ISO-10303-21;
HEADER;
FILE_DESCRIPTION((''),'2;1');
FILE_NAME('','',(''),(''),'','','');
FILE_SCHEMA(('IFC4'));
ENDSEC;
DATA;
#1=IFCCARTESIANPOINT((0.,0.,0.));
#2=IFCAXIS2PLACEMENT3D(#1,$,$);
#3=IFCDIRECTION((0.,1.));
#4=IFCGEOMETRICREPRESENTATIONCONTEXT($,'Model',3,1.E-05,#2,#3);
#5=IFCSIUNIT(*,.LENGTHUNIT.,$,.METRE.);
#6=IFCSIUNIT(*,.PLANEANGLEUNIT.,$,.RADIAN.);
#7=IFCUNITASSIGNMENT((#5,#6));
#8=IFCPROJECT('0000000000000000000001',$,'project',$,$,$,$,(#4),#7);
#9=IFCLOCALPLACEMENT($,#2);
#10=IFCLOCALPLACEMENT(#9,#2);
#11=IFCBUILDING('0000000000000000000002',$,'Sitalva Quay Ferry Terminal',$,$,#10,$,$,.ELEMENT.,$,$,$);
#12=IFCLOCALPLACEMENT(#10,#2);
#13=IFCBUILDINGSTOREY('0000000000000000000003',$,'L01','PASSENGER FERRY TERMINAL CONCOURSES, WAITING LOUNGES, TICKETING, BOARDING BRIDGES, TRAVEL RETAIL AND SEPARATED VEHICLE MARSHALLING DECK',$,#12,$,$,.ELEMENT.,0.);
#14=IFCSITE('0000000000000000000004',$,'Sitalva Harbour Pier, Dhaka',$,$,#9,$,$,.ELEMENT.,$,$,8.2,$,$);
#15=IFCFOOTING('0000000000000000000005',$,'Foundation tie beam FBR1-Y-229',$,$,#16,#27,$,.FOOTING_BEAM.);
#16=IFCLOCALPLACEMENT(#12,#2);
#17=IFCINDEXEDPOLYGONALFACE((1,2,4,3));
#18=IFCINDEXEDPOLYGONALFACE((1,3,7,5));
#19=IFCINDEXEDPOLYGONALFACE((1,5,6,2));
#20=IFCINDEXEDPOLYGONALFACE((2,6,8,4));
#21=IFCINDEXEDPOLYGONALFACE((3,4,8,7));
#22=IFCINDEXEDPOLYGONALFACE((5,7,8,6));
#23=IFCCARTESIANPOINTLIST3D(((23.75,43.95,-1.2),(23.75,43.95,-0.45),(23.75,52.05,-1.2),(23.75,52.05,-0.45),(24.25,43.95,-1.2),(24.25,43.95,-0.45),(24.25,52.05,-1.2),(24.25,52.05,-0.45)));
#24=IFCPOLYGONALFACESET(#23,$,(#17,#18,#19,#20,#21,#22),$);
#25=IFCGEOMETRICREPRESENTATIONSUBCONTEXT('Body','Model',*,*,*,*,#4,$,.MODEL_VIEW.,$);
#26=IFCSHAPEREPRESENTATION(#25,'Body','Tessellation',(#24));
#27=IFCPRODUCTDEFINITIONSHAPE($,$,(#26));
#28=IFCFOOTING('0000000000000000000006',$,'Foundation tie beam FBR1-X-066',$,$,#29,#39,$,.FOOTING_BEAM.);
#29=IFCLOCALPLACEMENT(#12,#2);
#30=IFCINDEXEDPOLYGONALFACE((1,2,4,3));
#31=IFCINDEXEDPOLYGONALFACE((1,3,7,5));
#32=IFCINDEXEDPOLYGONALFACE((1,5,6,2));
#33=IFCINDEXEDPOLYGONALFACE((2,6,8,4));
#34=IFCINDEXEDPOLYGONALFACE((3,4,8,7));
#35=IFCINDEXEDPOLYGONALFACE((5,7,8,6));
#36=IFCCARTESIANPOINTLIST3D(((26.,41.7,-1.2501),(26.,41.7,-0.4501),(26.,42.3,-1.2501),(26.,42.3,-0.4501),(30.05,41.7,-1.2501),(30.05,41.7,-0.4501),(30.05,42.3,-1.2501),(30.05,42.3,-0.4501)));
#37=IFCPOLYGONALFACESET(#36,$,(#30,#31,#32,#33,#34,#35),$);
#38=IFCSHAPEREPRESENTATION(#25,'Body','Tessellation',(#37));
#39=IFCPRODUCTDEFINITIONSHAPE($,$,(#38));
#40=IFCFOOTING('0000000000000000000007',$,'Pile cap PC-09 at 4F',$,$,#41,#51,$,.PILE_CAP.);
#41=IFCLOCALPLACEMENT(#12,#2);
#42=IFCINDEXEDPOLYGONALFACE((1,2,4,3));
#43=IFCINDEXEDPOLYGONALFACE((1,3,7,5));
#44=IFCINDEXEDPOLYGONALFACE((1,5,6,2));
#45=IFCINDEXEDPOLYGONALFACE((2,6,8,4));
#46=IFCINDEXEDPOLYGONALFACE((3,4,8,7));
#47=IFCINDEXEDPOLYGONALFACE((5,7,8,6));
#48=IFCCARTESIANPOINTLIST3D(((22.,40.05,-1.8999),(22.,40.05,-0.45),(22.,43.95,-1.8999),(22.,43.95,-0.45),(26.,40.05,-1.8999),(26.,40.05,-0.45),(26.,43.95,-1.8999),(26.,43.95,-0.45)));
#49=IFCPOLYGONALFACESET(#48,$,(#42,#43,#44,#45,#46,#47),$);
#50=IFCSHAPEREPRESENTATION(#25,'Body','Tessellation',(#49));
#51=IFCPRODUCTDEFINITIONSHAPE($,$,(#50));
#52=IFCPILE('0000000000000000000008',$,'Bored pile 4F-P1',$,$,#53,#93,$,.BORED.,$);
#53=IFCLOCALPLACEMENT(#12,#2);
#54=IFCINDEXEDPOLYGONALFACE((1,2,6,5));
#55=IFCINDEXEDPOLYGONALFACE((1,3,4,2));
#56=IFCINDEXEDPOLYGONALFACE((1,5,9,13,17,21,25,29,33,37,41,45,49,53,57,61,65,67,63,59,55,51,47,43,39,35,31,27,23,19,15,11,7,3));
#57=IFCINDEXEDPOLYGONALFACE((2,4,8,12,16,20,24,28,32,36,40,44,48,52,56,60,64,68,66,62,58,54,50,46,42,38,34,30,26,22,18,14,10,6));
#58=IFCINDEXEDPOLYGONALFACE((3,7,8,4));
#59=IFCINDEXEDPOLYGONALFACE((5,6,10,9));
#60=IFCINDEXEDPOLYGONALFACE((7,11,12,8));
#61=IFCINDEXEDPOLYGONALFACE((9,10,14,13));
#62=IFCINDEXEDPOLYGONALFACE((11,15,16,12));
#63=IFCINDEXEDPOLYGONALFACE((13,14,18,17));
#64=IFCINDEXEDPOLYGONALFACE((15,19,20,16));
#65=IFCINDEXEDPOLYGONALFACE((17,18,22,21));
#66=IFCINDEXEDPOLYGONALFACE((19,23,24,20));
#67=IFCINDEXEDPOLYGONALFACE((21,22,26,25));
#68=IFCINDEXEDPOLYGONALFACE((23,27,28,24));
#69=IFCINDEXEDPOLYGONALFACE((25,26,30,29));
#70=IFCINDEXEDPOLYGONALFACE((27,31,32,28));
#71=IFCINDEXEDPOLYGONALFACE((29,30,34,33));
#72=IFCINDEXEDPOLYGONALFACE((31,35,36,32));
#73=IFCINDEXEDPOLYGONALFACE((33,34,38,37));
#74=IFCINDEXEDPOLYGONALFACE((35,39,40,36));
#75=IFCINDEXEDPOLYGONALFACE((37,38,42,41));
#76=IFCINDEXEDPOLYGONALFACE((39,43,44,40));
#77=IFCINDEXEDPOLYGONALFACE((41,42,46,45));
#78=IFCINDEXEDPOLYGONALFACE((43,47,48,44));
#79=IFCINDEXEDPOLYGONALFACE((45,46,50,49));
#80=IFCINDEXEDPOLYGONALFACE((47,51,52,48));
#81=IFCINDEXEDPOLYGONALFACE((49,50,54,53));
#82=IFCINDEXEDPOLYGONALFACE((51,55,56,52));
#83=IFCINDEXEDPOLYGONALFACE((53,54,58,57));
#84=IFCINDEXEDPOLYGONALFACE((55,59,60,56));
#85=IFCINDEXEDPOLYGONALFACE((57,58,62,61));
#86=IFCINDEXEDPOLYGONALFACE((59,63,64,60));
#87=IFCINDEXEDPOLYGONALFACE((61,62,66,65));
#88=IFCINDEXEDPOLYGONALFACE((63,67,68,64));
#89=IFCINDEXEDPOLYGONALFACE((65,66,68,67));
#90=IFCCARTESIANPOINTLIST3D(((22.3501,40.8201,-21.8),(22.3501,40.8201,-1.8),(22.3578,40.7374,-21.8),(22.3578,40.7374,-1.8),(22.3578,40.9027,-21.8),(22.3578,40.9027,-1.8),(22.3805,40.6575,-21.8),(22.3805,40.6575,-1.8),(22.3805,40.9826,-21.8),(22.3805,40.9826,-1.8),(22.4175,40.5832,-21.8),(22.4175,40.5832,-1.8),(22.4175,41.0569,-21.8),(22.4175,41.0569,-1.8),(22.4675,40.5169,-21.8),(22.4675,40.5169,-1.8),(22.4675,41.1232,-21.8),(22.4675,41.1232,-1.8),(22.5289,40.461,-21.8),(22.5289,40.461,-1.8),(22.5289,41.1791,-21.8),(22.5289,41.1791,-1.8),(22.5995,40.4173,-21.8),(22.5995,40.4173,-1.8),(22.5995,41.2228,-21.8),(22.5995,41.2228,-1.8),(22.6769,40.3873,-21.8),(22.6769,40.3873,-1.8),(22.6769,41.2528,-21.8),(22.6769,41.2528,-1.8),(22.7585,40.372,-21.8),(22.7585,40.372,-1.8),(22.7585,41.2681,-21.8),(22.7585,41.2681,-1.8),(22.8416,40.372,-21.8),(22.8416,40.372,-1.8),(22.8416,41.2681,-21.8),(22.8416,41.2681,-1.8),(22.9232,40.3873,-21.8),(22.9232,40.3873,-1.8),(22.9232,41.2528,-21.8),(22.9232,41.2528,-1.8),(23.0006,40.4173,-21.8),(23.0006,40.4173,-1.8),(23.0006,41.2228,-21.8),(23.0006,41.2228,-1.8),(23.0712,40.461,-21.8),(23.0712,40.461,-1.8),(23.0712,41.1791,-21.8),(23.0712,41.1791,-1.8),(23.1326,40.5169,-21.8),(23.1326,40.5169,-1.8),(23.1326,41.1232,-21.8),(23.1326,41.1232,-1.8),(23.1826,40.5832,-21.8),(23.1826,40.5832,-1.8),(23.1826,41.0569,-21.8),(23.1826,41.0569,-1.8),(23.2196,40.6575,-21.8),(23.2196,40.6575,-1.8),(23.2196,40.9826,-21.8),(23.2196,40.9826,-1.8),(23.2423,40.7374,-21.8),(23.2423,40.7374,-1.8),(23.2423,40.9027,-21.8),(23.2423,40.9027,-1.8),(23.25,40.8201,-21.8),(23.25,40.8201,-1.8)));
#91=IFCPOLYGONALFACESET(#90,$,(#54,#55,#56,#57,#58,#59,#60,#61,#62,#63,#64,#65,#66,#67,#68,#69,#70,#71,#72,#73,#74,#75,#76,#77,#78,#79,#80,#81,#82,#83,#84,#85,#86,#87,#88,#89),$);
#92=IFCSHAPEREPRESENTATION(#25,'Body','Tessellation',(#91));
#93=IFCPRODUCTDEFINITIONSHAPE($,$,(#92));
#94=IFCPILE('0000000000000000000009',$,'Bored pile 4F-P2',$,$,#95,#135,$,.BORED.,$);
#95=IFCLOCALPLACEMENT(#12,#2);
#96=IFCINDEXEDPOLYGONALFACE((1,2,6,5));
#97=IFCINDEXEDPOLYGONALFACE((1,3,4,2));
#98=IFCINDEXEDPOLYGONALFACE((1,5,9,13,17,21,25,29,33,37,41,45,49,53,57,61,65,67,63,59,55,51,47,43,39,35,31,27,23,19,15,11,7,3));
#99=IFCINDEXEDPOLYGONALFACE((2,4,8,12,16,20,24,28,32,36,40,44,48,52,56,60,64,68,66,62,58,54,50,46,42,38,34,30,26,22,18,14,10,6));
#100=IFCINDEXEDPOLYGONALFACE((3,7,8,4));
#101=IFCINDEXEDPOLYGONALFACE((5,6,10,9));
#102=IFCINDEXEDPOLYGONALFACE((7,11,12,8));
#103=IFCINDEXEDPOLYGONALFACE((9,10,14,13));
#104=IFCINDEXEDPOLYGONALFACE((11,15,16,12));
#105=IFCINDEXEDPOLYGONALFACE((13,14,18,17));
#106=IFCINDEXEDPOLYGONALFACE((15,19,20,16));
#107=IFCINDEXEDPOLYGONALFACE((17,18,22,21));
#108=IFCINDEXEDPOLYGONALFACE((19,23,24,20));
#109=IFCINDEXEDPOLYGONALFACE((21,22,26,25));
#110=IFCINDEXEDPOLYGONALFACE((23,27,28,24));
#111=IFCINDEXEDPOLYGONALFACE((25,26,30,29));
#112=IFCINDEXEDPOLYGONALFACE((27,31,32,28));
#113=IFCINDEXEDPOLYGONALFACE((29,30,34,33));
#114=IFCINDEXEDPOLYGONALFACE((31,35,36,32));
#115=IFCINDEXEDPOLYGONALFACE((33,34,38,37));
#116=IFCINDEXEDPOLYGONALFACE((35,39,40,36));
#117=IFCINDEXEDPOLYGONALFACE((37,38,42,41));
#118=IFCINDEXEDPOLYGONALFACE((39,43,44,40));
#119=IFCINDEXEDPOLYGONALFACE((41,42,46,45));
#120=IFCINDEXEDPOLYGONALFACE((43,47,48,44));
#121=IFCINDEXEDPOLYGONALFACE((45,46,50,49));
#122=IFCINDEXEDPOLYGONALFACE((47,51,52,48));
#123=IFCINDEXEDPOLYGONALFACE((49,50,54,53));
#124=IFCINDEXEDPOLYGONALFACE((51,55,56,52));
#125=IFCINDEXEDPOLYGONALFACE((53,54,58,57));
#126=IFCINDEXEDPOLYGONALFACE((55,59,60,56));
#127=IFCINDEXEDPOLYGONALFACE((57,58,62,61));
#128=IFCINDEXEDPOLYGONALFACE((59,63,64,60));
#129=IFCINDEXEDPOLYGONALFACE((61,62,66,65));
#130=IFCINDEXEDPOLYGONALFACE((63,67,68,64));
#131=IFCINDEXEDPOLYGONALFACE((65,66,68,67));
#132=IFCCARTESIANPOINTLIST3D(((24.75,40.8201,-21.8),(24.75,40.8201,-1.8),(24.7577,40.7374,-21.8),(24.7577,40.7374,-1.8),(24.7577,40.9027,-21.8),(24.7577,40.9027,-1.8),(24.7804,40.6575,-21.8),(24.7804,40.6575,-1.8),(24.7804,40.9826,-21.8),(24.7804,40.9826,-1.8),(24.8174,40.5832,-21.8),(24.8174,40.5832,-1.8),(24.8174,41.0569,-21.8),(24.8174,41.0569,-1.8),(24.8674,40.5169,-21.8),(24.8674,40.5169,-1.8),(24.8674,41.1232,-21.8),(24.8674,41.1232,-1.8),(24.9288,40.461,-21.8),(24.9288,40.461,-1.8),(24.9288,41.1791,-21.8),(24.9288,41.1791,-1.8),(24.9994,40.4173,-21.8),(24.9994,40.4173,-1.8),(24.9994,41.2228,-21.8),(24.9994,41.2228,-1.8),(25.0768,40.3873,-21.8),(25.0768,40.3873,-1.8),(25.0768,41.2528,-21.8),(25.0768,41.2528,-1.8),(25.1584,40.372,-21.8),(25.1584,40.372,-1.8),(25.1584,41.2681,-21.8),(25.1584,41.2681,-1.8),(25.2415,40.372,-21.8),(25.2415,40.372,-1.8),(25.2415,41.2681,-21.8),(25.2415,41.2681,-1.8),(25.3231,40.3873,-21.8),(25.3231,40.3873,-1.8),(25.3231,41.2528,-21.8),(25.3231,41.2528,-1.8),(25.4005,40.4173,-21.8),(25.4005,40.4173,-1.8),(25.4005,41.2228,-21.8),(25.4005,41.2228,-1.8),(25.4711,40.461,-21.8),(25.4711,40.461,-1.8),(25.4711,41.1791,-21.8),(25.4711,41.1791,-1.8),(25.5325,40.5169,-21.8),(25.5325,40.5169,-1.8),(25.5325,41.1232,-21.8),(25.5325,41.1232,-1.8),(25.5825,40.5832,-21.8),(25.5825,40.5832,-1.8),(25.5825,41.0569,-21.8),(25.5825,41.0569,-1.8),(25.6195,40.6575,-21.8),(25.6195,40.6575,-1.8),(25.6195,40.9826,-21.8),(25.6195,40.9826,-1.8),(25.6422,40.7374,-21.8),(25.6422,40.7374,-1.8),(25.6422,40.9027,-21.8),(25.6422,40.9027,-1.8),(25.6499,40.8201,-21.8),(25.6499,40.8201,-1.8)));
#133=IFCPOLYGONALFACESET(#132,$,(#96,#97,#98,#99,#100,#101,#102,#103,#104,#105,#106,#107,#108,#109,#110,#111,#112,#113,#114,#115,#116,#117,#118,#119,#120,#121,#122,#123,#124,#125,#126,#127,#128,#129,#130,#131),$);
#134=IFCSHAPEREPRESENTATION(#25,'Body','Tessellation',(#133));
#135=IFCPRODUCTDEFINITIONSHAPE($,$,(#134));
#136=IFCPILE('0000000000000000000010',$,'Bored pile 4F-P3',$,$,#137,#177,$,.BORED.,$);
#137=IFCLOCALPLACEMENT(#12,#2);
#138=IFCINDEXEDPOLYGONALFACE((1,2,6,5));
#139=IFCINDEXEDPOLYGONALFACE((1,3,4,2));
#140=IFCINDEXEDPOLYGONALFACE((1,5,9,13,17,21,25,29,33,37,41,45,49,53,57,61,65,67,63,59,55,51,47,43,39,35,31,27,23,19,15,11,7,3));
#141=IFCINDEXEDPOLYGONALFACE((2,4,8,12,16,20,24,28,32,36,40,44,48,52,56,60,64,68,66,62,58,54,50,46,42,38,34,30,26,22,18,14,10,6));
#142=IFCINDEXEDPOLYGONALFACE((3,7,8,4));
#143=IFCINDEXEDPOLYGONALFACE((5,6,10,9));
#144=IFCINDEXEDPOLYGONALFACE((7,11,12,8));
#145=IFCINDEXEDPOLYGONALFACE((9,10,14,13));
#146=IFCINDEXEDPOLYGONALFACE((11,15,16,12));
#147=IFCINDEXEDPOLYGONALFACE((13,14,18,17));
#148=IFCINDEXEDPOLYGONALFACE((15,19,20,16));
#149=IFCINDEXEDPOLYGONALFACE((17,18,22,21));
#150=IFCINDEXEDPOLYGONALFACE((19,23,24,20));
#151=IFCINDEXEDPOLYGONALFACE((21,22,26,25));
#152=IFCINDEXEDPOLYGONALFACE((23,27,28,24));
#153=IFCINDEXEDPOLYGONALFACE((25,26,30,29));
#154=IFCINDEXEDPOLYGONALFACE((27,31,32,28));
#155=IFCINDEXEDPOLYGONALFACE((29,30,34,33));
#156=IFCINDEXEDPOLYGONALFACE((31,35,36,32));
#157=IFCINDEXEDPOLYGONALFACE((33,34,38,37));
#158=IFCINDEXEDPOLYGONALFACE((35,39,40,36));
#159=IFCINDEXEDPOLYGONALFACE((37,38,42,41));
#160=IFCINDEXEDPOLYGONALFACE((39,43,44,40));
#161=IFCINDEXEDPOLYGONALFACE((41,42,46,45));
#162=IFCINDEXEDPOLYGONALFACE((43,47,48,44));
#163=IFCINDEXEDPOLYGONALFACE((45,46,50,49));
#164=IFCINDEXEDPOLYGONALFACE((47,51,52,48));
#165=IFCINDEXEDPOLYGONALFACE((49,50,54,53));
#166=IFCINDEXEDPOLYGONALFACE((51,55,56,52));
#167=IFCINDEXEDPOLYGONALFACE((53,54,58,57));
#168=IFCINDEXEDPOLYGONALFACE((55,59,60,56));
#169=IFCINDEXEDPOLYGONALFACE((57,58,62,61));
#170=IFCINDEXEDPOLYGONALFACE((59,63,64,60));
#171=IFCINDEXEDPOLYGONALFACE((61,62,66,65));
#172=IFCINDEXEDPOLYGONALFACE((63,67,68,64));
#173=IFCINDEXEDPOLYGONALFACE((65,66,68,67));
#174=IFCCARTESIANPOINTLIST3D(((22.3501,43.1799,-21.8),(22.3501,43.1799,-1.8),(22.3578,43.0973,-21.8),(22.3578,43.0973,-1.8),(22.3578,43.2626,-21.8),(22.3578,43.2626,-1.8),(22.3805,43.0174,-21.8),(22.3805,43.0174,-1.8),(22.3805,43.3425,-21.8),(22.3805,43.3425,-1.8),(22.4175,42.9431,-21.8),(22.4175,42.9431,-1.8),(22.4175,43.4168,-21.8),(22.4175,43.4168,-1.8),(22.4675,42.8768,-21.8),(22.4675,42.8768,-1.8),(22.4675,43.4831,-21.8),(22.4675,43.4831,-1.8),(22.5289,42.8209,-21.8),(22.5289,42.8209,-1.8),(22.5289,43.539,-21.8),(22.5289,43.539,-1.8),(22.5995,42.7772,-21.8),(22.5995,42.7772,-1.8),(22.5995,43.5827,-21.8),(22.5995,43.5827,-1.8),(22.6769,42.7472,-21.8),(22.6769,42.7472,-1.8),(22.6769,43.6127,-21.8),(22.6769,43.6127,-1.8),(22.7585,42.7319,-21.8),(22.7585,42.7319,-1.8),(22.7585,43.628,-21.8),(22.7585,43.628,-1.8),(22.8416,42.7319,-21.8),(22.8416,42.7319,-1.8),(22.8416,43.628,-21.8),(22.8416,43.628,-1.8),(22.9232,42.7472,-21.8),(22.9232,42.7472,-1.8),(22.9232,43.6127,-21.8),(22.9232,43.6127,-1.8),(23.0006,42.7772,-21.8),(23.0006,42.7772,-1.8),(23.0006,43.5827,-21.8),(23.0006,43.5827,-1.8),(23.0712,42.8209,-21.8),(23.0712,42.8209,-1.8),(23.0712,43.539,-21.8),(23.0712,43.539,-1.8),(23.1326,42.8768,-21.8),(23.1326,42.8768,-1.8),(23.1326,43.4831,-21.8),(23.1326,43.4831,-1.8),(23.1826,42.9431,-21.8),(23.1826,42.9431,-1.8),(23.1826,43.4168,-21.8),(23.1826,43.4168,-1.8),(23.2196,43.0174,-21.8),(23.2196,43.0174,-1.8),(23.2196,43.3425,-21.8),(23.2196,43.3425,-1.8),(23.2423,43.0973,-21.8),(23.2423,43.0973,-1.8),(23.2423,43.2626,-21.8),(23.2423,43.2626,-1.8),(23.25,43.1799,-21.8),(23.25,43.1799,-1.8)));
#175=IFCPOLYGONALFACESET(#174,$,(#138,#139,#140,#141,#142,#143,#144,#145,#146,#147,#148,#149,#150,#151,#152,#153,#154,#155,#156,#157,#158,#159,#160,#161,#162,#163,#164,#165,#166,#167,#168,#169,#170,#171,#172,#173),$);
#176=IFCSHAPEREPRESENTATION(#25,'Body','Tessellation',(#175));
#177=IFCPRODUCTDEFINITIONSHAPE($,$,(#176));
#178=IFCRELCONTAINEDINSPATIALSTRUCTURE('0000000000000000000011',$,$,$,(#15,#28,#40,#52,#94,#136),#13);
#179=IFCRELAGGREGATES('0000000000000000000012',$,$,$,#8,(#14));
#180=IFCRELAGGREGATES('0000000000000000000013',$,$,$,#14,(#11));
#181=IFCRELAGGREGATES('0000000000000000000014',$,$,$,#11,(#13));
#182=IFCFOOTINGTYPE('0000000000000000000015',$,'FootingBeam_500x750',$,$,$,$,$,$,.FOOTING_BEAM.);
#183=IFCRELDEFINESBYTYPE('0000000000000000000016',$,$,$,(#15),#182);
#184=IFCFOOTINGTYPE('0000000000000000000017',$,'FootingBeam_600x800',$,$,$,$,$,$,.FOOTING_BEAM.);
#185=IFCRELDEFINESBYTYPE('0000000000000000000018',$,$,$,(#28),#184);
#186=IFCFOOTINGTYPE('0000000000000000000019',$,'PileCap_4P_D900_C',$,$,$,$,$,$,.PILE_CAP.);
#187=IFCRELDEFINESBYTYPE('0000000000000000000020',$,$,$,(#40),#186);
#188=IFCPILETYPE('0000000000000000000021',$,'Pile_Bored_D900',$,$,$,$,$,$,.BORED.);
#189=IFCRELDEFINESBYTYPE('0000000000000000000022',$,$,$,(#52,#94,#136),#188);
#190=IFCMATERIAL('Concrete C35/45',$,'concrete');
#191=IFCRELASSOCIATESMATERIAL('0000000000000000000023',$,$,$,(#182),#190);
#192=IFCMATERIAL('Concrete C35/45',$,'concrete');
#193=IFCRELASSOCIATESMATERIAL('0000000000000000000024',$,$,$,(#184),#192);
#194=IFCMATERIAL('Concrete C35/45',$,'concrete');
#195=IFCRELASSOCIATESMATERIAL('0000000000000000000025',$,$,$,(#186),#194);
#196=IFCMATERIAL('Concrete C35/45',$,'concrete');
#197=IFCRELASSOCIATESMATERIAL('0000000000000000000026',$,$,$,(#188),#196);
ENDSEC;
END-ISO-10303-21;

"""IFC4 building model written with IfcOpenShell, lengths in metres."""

from ifc_helpers import new_model, si_unit, direction, frame, origin, origin_2d, place, context, subcontext, project, spatial, rectangle, circle, extrude, material, material_profile, profile_set, type_object, element, save


model = new_model("IFC4")

# Units and contexts
model_context = context("Model", 3, precision=1e-05, world=origin(), true_north=direction((0.0, 1.0)))
body_context = subcontext(model_context, "Body", "Model", "MODEL_VIEW")
ifc_project = project(units=[si_unit("LENGTHUNIT", "METRE"), si_unit("PLANEANGLEUNIT", "RADIAN")], contexts=[model_context])

# Site, building, storey
site_placement = place(None, origin())
site = spatial("IfcSite", under=ifc_project, at=site_placement, Name="Sitalva Harbour Pier, Dhaka", CompositionType="ELEMENT", RefElevation=8.2)
building_placement = place(site_placement, origin())
building = spatial("IfcBuilding", under=site, at=building_placement, Name="Sitalva Quay Ferry Terminal", CompositionType="ELEMENT")
storey_placement = place(building_placement, origin())
storey = spatial("IfcBuildingStorey", under=building, at=storey_placement, Name="L01", Description="PASSENGER FERRY TERMINAL CONCOURSES, WAITING LOUNGES, TICKETING, BOARDING BRIDGES, TRAVEL RETAIL AND SEPARATED VEHICLE MARSHALLING DECK", CompositionType="ELEMENT", Elevation=0.0)

# Footings
ifc_material_1 = material(Name="Concrete C35/45", Category="concrete")
ifc_material_profile_1 = material_profile(ifc_material_1, rectangle(XDim=0.5, YDim=0.75, at=origin_2d()), Name="RC500x750")
ifc_profile_set_1 = profile_set([ifc_material_profile_1], Name="Concrete C35/45")
footing_type_1 = type_object("IfcFootingType", Name="FootingBeam_500x750", PredefinedType="FOOTING_BEAM", material=ifc_profile_set_1)
footing_1_placement = place(storey_placement, frame((24.0, 43.95, -0.825), z_axis=(0.0, 1.0, 0.0), x_axis=(-1.0, 0.0, 0.0)))
element("IfcFooting", 1, at=footing_1_placement, inside=storey, type_object=footing_type_1, Name="Foundation tie beam FBR1-Y-229", PredefinedType="FOOTING_BEAM", context=body_context, shape_type="SweptSolid", body=[
    extrude(rectangle(XDim=0.5, YDim=0.75, at=origin_2d()), origin(), (0.0, 0.0, 1.0), 8.1001),
])
ifc_material_2 = material(Name="Concrete C35/45", Category="concrete")
ifc_material_profile_2 = material_profile(ifc_material_2, rectangle(XDim=0.6001, YDim=0.8, at=origin_2d()), Name="RC600x800")
ifc_profile_set_2 = profile_set([ifc_material_profile_2], Name="Concrete C35/45")
footing_type_2 = type_object("IfcFootingType", Name="FootingBeam_600x800", PredefinedType="FOOTING_BEAM", material=ifc_profile_set_2)
footing_2_placement = place(storey_placement, frame((26.0, 42.0, -0.8501), z_axis=(1.0, 0.0, 0.0), x_axis=(0.0, 1.0, 0.0)))
element("IfcFooting", 2, at=footing_2_placement, inside=storey, type_object=footing_type_2, Name="Foundation tie beam FBR1-X-066", PredefinedType="FOOTING_BEAM", context=body_context, shape_type="SweptSolid", body=[
    extrude(rectangle(XDim=0.6001, YDim=0.8, at=origin_2d()), origin(), (0.0, 0.0, 1.0), 4.05),
])
ifc_material_3 = material(Name="Concrete C35/45", Category="concrete")
footing_type_3 = type_object("IfcFootingType", Name="PileCap_4P_D900_C", PredefinedType="PILE_CAP", material=ifc_material_3)
footing_3_placement = place(storey_placement, frame((24.0, 42.0, -1.8999), z_axis=(0.0, 0.0, 1.0), x_axis=(1.0, 0.0, 0.0)))
element("IfcFooting", 3, at=footing_3_placement, inside=storey, type_object=footing_type_3, Name="Pile cap PC-09 at 4F", PredefinedType="PILE_CAP", context=body_context, shape_type="SweptSolid", body=[
    extrude(rectangle(XDim=4.0, YDim=3.8999, at=origin_2d()), origin(), (0.0, 0.0, 1.0), 1.45),
])

# Piles
ifc_material_4 = material(Name="Concrete C35/45", Category="concrete")
ifc_material_profile_3 = material_profile(ifc_material_4, circle(Radius=0.45, at=origin_2d()), Name="PILE-D900")
ifc_profile_set_3 = profile_set([ifc_material_profile_3], Name="Concrete C35/45")
pile_type = type_object("IfcPileType", Name="Pile_Bored_D900", PredefinedType="BORED", material=ifc_profile_set_3)
for number, where, z_axis, x_axis, name in (
    (4, (22.8, 40.8201, -1.8), (0.0, 0.0, -1.0), (1.0, 0.0, 0.0), "Bored pile 4F-P1"),
    (5, (25.2, 40.8201, -1.8), (0.0, 0.0, -1.0), (1.0, 0.0, 0.0), "Bored pile 4F-P2"),
    (6, (22.8, 43.1799, -1.8), (0.0, 0.0, -1.0), (1.0, 0.0, 0.0), "Bored pile 4F-P3"),
):
    element("IfcPile", number, at=place(storey_placement, frame(where, z_axis=z_axis, x_axis=x_axis)), inside=storey, type_object=pile_type, Name=name, PredefinedType="BORED", context=body_context, shape_type="SweptSolid", body=[
        extrude(circle(Radius=0.45, at=origin_2d()), origin(), (0.0, 0.0, 1.0), 20.0),
    ])

save(model, "model.ifc")
